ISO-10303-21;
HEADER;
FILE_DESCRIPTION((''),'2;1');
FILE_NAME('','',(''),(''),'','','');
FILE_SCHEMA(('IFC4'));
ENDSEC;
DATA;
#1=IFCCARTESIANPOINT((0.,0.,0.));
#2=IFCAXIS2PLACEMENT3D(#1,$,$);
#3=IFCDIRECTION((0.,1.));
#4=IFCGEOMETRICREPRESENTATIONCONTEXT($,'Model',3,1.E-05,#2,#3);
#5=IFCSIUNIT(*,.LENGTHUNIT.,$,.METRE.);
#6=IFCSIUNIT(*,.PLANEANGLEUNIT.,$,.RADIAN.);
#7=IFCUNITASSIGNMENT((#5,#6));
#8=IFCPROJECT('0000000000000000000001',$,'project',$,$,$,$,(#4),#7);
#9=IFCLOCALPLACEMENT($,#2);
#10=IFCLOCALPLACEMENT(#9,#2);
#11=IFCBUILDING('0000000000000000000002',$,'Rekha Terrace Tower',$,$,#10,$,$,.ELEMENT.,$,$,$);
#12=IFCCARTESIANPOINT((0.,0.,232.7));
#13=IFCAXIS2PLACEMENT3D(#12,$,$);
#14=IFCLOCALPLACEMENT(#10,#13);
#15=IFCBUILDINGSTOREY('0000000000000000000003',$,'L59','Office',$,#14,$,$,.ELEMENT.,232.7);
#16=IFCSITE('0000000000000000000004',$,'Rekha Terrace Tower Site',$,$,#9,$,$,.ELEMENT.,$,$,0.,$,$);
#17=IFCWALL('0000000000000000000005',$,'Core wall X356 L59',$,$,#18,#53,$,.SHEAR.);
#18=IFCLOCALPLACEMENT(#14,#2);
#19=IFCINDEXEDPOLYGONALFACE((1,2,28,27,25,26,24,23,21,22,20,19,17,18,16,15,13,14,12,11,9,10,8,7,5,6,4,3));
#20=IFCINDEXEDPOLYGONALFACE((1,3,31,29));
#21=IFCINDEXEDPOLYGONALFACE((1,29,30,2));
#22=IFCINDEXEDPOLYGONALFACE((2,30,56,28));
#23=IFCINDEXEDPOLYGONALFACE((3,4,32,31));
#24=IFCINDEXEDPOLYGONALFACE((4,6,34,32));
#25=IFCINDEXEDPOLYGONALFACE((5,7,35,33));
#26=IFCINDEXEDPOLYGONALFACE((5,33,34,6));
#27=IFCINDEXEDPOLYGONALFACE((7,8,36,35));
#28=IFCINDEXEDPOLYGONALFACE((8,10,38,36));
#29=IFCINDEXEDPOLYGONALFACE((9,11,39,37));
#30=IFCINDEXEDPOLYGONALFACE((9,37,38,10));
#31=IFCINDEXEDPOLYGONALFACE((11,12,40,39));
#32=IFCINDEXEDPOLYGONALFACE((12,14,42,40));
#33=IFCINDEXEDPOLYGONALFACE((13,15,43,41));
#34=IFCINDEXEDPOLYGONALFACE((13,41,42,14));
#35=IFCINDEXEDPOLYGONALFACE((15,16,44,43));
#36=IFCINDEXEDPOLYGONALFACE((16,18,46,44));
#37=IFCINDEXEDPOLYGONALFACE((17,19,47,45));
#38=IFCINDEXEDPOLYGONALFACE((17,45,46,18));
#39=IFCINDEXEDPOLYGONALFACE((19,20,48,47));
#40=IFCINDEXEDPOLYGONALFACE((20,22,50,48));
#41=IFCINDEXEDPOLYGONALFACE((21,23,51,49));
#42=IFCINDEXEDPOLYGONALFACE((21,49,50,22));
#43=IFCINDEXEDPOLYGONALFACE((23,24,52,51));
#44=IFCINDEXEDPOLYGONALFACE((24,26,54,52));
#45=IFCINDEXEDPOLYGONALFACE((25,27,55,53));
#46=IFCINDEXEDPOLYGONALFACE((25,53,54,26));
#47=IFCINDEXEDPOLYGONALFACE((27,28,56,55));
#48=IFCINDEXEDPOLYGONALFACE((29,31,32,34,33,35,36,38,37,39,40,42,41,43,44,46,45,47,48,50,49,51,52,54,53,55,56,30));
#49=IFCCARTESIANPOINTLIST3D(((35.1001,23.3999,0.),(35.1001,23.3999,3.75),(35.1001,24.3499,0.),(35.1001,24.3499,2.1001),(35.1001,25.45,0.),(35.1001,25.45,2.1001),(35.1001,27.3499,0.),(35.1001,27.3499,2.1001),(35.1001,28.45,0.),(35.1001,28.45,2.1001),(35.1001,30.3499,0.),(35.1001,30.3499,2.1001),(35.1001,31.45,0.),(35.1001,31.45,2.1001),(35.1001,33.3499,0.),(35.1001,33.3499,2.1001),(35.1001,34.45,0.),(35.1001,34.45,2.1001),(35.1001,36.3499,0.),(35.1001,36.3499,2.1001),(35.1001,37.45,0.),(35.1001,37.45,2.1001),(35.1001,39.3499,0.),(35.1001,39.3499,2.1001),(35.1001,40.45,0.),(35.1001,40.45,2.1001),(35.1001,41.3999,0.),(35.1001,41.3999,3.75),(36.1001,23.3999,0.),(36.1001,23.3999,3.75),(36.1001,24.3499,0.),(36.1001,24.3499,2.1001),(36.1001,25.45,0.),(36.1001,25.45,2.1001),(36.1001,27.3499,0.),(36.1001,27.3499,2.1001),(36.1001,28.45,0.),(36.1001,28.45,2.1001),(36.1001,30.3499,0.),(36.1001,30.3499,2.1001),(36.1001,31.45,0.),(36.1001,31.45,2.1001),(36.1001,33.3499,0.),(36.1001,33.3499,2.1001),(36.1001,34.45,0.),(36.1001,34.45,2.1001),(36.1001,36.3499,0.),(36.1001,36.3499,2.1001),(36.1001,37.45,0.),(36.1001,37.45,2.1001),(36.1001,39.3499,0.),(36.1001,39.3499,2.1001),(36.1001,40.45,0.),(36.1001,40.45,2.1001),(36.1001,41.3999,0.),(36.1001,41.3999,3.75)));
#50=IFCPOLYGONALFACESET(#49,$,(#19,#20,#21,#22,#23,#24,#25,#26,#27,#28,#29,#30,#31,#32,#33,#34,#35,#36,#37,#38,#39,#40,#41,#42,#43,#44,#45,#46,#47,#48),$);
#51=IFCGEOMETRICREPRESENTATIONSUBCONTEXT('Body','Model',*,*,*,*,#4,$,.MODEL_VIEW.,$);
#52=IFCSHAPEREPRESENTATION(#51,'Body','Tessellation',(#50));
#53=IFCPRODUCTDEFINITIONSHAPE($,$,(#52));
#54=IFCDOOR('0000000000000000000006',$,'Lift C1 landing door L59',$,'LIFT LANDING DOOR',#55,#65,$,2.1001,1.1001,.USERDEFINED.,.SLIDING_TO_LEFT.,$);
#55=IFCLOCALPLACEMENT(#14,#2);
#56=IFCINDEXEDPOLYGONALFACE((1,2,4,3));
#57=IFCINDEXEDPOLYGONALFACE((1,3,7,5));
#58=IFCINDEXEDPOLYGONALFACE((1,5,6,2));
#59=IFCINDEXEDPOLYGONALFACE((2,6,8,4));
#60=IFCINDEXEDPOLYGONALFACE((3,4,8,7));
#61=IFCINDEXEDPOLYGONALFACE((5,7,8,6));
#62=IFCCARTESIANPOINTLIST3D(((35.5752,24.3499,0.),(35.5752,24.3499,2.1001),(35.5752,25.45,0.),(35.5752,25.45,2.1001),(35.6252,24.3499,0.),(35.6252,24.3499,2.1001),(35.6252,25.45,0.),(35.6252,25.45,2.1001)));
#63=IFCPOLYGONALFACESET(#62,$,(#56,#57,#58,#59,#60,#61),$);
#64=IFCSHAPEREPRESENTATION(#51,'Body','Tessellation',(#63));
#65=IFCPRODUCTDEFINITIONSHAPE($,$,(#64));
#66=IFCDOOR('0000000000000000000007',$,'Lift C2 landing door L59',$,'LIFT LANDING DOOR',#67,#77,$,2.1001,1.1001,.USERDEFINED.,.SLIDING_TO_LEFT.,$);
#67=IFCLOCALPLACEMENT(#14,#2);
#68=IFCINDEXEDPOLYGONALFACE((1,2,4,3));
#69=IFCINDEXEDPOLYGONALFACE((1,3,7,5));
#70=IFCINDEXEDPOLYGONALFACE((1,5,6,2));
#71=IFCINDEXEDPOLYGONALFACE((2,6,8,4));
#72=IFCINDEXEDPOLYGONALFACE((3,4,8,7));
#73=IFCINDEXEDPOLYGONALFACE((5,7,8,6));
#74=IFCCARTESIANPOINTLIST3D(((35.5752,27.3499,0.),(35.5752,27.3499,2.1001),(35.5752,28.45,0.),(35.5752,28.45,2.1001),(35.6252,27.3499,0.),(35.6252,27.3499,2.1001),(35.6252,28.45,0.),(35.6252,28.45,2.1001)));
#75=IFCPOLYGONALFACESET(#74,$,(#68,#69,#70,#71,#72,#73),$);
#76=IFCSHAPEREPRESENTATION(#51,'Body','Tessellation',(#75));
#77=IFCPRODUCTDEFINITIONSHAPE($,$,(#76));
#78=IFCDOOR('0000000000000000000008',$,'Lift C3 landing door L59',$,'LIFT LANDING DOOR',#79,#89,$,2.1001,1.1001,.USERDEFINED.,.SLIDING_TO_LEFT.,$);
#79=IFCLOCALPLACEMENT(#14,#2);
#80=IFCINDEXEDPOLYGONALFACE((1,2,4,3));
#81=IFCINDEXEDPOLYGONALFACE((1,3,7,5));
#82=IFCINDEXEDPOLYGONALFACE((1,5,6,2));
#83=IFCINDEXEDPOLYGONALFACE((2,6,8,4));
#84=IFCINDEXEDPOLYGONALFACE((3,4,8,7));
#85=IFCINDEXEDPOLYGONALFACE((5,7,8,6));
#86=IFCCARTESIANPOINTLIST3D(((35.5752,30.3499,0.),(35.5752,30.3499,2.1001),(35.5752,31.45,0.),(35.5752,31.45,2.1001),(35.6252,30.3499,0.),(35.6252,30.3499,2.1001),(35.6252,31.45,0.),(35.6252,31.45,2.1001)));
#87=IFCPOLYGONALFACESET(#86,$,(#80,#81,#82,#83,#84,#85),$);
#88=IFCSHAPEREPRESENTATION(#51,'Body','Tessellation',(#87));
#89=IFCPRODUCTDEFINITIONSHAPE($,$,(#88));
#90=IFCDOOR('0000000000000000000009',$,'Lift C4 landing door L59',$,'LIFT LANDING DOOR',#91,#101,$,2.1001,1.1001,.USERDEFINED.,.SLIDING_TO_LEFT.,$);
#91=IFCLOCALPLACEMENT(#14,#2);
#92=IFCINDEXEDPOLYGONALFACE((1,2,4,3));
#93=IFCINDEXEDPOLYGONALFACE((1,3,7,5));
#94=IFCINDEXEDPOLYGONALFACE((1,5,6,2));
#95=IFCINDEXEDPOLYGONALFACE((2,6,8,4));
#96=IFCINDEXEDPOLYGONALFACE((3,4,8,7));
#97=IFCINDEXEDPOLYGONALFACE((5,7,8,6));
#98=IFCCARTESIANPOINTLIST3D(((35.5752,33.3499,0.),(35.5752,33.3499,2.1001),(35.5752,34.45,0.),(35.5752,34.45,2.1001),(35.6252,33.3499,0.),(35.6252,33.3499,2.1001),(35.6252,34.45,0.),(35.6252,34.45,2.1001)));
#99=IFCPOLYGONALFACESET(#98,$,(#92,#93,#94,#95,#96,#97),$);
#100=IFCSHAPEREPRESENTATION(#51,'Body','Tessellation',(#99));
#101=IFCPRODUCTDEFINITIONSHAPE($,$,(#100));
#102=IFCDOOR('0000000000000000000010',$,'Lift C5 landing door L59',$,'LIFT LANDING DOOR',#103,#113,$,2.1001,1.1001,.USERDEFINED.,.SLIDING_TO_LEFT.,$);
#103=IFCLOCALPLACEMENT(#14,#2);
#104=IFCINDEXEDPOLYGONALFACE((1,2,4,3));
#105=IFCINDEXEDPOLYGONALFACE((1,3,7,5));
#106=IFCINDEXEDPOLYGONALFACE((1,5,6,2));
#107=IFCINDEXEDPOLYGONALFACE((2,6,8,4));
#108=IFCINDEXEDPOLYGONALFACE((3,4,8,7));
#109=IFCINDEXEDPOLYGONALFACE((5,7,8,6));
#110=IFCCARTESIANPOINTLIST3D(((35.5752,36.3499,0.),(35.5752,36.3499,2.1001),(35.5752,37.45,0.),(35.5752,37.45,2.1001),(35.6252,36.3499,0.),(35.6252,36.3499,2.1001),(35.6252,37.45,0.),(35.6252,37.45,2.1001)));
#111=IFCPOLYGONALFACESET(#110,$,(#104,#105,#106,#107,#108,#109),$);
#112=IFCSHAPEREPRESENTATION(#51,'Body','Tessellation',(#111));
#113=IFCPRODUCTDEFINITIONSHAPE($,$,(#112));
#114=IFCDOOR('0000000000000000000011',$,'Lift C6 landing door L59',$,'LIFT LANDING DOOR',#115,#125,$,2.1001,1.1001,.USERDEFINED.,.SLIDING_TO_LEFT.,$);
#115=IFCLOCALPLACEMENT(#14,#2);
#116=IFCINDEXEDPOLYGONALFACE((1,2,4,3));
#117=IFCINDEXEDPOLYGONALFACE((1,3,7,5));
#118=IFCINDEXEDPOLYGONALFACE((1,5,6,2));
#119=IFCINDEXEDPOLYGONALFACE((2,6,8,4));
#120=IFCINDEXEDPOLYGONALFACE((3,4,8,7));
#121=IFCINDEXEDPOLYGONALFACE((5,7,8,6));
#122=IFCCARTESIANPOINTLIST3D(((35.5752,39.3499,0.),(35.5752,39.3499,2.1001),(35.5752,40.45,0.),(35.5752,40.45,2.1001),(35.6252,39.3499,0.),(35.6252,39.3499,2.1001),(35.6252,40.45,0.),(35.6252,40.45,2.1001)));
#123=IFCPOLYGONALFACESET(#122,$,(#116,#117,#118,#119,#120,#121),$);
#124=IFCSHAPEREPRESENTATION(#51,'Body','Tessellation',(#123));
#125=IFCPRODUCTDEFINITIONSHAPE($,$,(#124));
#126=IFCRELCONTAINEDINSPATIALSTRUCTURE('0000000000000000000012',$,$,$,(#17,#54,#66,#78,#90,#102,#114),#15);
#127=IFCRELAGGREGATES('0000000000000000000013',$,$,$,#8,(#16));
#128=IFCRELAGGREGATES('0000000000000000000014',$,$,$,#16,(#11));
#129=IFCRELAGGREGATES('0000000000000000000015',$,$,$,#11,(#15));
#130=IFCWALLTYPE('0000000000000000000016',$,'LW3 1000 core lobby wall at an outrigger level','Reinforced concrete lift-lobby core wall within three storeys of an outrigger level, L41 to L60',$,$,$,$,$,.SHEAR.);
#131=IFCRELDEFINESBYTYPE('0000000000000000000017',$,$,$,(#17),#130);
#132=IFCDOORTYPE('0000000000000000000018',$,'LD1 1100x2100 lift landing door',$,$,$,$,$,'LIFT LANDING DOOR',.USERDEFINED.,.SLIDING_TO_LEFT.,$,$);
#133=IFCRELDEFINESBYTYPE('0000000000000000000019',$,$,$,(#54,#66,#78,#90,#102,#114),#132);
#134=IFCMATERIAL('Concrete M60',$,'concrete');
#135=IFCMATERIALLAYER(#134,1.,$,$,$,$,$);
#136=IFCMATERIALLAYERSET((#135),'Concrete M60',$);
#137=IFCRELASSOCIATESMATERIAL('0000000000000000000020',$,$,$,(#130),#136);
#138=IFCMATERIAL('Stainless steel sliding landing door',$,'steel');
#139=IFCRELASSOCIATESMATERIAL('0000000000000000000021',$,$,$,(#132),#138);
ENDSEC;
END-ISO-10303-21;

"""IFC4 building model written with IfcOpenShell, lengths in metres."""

from ifc_helpers import new_model, si_unit, direction, frame, frame_2d, origin, place, context, subcontext, project, spatial, rectangle, extrude, material, layer, layer_set, type_object, element, fill, save


model = new_model("IFC4")

# Units and contexts
model_context = context("Model", 3, precision=1e-05, world=origin(), true_north=direction((0.0, 1.0)))
body_context = subcontext(model_context, "Body", "Model", "MODEL_VIEW")
ifc_project = project(units=[si_unit("LENGTHUNIT", "METRE"), si_unit("PLANEANGLEUNIT", "RADIAN")], contexts=[model_context])

# Site, building, storey
site_placement = place(None, origin())
site = spatial("IfcSite", under=ifc_project, at=site_placement, Name="Rekha Terrace Tower Site", CompositionType="ELEMENT", RefElevation=0.0)
building_placement = place(site_placement, origin())
building = spatial("IfcBuilding", under=site, at=building_placement, Name="Rekha Terrace Tower", CompositionType="ELEMENT")
storey_placement = place(building_placement, frame((0.0, 0.0, 232.7)))
storey = spatial("IfcBuildingStorey", under=building, at=storey_placement, Name="L59", Description="Office", CompositionType="ELEMENT", Elevation=232.7)

# Shared definitions
ifc_material_1 = material(Name="Concrete M60", Category="concrete")

# Wall, openings, doors
ifc_layer_1 = layer(ifc_material_1, 1.0)
ifc_layer_set_1 = layer_set([ifc_layer_1], Name="Concrete M60")
wall_type_1 = type_object("IfcWallType", Name="LW3 1000 core lobby wall at an outrigger level", Description="Reinforced concrete lift-lobby core wall within three storeys of an outrigger level, L41 to L60", PredefinedType="SHEAR", material=ifc_layer_set_1)
wall_1_placement = place(storey_placement, frame((35.6001, 23.3999, 0.0), z_axis=(0.0, 0.0, 1.0), x_axis=(0.0, 1.0, 0.0)))
wall_1 = element("IfcWall", 1, at=wall_1_placement, inside=storey, type_object=wall_type_1, Name="Core wall X356 L59", PredefinedType="SHEAR", context=body_context, shape_type="SweptSolid", body=[
    extrude(rectangle(XDim=18.0, YDim=1.0, at=frame_2d((9.0, 0.0))), origin(), (0.0, 0.0, 1.0), 3.75),
])
opening_1_placement = place(wall_1_placement, frame((0.95, 0.0, 0.0)))
opening_1 = element("IfcOpeningElement", 2, at=opening_1_placement, cuts=wall_1, PredefinedType="OPENING", context=body_context, shape_type="SweptSolid", body=[
    extrude(rectangle(XDim=1.1001, YDim=2.1001, at=frame_2d((0.55, 1.05))), frame((0.0, 0.51, 0.0), z_axis=(0.0, -1.0, 0.0), x_axis=(1.0, 0.0, 0.0)), (0.0, 0.0, 1.0), 1.02),
])
opening_2_placement = place(wall_1_placement, frame((3.95, 0.0, 0.0)))
opening_2 = element("IfcOpeningElement", 3, at=opening_2_placement, cuts=wall_1, PredefinedType="OPENING", context=body_context, shape_type="SweptSolid", body=[
    extrude(rectangle(XDim=1.1001, YDim=2.1001, at=frame_2d((0.55, 1.05))), frame((0.0, 0.51, 0.0), z_axis=(0.0, -1.0, 0.0), x_axis=(1.0, 0.0, 0.0)), (0.0, 0.0, 1.0), 1.02),
])
opening_3_placement = place(wall_1_placement, frame((6.95, 0.0, 0.0)))
opening_3 = element("IfcOpeningElement", 4, at=opening_3_placement, cuts=wall_1, PredefinedType="OPENING", context=body_context, shape_type="SweptSolid", body=[
    extrude(rectangle(XDim=1.1001, YDim=2.1001, at=frame_2d((0.55, 1.05))), frame((0.0, 0.51, 0.0), z_axis=(0.0, -1.0, 0.0), x_axis=(1.0, 0.0, 0.0)), (0.0, 0.0, 1.0), 1.02),
])
opening_4_placement = place(wall_1_placement, frame((9.95, 0.0, 0.0)))
opening_4 = element("IfcOpeningElement", 5, at=opening_4_placement, cuts=wall_1, PredefinedType="OPENING", context=body_context, shape_type="SweptSolid", body=[
    extrude(rectangle(XDim=1.1001, YDim=2.1001, at=frame_2d((0.55, 1.05))), frame((0.0, 0.51, 0.0), z_axis=(0.0, -1.0, 0.0), x_axis=(1.0, 0.0, 0.0)), (0.0, 0.0, 1.0), 1.02),
])
opening_5_placement = place(wall_1_placement, frame((12.95, 0.0, 0.0)))
opening_5 = element("IfcOpeningElement", 6, at=opening_5_placement, cuts=wall_1, PredefinedType="OPENING", context=body_context, shape_type="SweptSolid", body=[
    extrude(rectangle(XDim=1.1001, YDim=2.1001, at=frame_2d((0.55, 1.05))), frame((0.0, 0.51, 0.0), z_axis=(0.0, -1.0, 0.0), x_axis=(1.0, 0.0, 0.0)), (0.0, 0.0, 1.0), 1.02),
])
opening_6_placement = place(wall_1_placement, frame((15.95, 0.0, 0.0)))
opening_6 = element("IfcOpeningElement", 7, at=opening_6_placement, cuts=wall_1, PredefinedType="OPENING", context=body_context, shape_type="SweptSolid", body=[
    extrude(rectangle(XDim=1.1001, YDim=2.1001, at=frame_2d((0.55, 1.05))), frame((0.0, 0.51, 0.0), z_axis=(0.0, -1.0, 0.0), x_axis=(1.0, 0.0, 0.0)), (0.0, 0.0, 1.0), 1.02),
])
ifc_material_2 = material(Name="Stainless steel sliding landing door", Category="steel")
door_type_1 = type_object("IfcDoorType", Name="LD1 1100x2100 lift landing door", ElementType="LIFT LANDING DOOR", OperationType="SLIDING_TO_LEFT", PredefinedType="USERDEFINED", material=ifc_material_2)
door_1_placement = place(opening_1_placement, origin())
door_1 = element("IfcDoor", 8, at=door_1_placement, inside=storey, type_object=door_type_1, Name="Lift C1 landing door L59", ObjectType="LIFT LANDING DOOR", OperationType="SLIDING_TO_LEFT", OverallHeight=2.1001, OverallWidth=1.1001, PredefinedType="USERDEFINED", context=body_context, shape_type="SweptSolid", body=[
    extrude(rectangle(XDim=1.1001, YDim=2.1001, at=frame_2d((0.55, 1.05))), frame((0.0, 0.0249, 0.0), z_axis=(0.0, -1.0, 0.0), x_axis=(1.0, 0.0, 0.0)), (0.0, 0.0, 1.0), 0.05),
])
fill(opening_1, door_1)
door_2_placement = place(opening_2_placement, origin())
door_2 = element("IfcDoor", 9, at=door_2_placement, inside=storey, type_object=door_type_1, Name="Lift C2 landing door L59", ObjectType="LIFT LANDING DOOR", OperationType="SLIDING_TO_LEFT", OverallHeight=2.1001, OverallWidth=1.1001, PredefinedType="USERDEFINED", context=body_context, shape_type="SweptSolid", body=[
    extrude(rectangle(XDim=1.1001, YDim=2.1001, at=frame_2d((0.55, 1.05))), frame((0.0, 0.0249, 0.0), z_axis=(0.0, -1.0, 0.0), x_axis=(1.0, 0.0, 0.0)), (0.0, 0.0, 1.0), 0.05),
])
fill(opening_2, door_2)
door_3_placement = place(opening_3_placement, origin())
door_3 = element("IfcDoor", 10, at=door_3_placement, inside=storey, type_object=door_type_1, Name="Lift C3 landing door L59", ObjectType="LIFT LANDING DOOR", OperationType="SLIDING_TO_LEFT", OverallHeight=2.1001, OverallWidth=1.1001, PredefinedType="USERDEFINED", context=body_context, shape_type="SweptSolid", body=[
    extrude(rectangle(XDim=1.1001, YDim=2.1001, at=frame_2d((0.55, 1.05))), frame((0.0, 0.0249, 0.0), z_axis=(0.0, -1.0, 0.0), x_axis=(1.0, 0.0, 0.0)), (0.0, 0.0, 1.0), 0.05),
])
fill(opening_3, door_3)
door_4_placement = place(opening_4_placement, origin())
door_4 = element("IfcDoor", 11, at=door_4_placement, inside=storey, type_object=door_type_1, Name="Lift C4 landing door L59", ObjectType="LIFT LANDING DOOR", OperationType="SLIDING_TO_LEFT", OverallHeight=2.1001, OverallWidth=1.1001, PredefinedType="USERDEFINED", context=body_context, shape_type="SweptSolid", body=[
    extrude(rectangle(XDim=1.1001, YDim=2.1001, at=frame_2d((0.55, 1.05))), frame((0.0, 0.0249, 0.0), z_axis=(0.0, -1.0, 0.0), x_axis=(1.0, 0.0, 0.0)), (0.0, 0.0, 1.0), 0.05),
])
fill(opening_4, door_4)
door_5_placement = place(opening_5_placement, origin())
door_5 = element("IfcDoor", 12, at=door_5_placement, inside=storey, type_object=door_type_1, Name="Lift C5 landing door L59", ObjectType="LIFT LANDING DOOR", OperationType="SLIDING_TO_LEFT", OverallHeight=2.1001, OverallWidth=1.1001, PredefinedType="USERDEFINED", context=body_context, shape_type="SweptSolid", body=[
    extrude(rectangle(XDim=1.1001, YDim=2.1001, at=frame_2d((0.55, 1.05))), frame((0.0, 0.0249, 0.0), z_axis=(0.0, -1.0, 0.0), x_axis=(1.0, 0.0, 0.0)), (0.0, 0.0, 1.0), 0.05),
])
fill(opening_5, door_5)
door_6_placement = place(opening_6_placement, origin())
door_6 = element("IfcDoor", 13, at=door_6_placement, inside=storey, type_object=door_type_1, Name="Lift C6 landing door L59", ObjectType="LIFT LANDING DOOR", OperationType="SLIDING_TO_LEFT", OverallHeight=2.1001, OverallWidth=1.1001, PredefinedType="USERDEFINED", context=body_context, shape_type="SweptSolid", body=[
    extrude(rectangle(XDim=1.1001, YDim=2.1001, at=frame_2d((0.55, 1.05))), frame((0.0, 0.0249, 0.0), z_axis=(0.0, -1.0, 0.0), x_axis=(1.0, 0.0, 0.0)), (0.0, 0.0, 1.0), 0.05),
])
fill(opening_6, door_6)

save(model, "model.ifc")
